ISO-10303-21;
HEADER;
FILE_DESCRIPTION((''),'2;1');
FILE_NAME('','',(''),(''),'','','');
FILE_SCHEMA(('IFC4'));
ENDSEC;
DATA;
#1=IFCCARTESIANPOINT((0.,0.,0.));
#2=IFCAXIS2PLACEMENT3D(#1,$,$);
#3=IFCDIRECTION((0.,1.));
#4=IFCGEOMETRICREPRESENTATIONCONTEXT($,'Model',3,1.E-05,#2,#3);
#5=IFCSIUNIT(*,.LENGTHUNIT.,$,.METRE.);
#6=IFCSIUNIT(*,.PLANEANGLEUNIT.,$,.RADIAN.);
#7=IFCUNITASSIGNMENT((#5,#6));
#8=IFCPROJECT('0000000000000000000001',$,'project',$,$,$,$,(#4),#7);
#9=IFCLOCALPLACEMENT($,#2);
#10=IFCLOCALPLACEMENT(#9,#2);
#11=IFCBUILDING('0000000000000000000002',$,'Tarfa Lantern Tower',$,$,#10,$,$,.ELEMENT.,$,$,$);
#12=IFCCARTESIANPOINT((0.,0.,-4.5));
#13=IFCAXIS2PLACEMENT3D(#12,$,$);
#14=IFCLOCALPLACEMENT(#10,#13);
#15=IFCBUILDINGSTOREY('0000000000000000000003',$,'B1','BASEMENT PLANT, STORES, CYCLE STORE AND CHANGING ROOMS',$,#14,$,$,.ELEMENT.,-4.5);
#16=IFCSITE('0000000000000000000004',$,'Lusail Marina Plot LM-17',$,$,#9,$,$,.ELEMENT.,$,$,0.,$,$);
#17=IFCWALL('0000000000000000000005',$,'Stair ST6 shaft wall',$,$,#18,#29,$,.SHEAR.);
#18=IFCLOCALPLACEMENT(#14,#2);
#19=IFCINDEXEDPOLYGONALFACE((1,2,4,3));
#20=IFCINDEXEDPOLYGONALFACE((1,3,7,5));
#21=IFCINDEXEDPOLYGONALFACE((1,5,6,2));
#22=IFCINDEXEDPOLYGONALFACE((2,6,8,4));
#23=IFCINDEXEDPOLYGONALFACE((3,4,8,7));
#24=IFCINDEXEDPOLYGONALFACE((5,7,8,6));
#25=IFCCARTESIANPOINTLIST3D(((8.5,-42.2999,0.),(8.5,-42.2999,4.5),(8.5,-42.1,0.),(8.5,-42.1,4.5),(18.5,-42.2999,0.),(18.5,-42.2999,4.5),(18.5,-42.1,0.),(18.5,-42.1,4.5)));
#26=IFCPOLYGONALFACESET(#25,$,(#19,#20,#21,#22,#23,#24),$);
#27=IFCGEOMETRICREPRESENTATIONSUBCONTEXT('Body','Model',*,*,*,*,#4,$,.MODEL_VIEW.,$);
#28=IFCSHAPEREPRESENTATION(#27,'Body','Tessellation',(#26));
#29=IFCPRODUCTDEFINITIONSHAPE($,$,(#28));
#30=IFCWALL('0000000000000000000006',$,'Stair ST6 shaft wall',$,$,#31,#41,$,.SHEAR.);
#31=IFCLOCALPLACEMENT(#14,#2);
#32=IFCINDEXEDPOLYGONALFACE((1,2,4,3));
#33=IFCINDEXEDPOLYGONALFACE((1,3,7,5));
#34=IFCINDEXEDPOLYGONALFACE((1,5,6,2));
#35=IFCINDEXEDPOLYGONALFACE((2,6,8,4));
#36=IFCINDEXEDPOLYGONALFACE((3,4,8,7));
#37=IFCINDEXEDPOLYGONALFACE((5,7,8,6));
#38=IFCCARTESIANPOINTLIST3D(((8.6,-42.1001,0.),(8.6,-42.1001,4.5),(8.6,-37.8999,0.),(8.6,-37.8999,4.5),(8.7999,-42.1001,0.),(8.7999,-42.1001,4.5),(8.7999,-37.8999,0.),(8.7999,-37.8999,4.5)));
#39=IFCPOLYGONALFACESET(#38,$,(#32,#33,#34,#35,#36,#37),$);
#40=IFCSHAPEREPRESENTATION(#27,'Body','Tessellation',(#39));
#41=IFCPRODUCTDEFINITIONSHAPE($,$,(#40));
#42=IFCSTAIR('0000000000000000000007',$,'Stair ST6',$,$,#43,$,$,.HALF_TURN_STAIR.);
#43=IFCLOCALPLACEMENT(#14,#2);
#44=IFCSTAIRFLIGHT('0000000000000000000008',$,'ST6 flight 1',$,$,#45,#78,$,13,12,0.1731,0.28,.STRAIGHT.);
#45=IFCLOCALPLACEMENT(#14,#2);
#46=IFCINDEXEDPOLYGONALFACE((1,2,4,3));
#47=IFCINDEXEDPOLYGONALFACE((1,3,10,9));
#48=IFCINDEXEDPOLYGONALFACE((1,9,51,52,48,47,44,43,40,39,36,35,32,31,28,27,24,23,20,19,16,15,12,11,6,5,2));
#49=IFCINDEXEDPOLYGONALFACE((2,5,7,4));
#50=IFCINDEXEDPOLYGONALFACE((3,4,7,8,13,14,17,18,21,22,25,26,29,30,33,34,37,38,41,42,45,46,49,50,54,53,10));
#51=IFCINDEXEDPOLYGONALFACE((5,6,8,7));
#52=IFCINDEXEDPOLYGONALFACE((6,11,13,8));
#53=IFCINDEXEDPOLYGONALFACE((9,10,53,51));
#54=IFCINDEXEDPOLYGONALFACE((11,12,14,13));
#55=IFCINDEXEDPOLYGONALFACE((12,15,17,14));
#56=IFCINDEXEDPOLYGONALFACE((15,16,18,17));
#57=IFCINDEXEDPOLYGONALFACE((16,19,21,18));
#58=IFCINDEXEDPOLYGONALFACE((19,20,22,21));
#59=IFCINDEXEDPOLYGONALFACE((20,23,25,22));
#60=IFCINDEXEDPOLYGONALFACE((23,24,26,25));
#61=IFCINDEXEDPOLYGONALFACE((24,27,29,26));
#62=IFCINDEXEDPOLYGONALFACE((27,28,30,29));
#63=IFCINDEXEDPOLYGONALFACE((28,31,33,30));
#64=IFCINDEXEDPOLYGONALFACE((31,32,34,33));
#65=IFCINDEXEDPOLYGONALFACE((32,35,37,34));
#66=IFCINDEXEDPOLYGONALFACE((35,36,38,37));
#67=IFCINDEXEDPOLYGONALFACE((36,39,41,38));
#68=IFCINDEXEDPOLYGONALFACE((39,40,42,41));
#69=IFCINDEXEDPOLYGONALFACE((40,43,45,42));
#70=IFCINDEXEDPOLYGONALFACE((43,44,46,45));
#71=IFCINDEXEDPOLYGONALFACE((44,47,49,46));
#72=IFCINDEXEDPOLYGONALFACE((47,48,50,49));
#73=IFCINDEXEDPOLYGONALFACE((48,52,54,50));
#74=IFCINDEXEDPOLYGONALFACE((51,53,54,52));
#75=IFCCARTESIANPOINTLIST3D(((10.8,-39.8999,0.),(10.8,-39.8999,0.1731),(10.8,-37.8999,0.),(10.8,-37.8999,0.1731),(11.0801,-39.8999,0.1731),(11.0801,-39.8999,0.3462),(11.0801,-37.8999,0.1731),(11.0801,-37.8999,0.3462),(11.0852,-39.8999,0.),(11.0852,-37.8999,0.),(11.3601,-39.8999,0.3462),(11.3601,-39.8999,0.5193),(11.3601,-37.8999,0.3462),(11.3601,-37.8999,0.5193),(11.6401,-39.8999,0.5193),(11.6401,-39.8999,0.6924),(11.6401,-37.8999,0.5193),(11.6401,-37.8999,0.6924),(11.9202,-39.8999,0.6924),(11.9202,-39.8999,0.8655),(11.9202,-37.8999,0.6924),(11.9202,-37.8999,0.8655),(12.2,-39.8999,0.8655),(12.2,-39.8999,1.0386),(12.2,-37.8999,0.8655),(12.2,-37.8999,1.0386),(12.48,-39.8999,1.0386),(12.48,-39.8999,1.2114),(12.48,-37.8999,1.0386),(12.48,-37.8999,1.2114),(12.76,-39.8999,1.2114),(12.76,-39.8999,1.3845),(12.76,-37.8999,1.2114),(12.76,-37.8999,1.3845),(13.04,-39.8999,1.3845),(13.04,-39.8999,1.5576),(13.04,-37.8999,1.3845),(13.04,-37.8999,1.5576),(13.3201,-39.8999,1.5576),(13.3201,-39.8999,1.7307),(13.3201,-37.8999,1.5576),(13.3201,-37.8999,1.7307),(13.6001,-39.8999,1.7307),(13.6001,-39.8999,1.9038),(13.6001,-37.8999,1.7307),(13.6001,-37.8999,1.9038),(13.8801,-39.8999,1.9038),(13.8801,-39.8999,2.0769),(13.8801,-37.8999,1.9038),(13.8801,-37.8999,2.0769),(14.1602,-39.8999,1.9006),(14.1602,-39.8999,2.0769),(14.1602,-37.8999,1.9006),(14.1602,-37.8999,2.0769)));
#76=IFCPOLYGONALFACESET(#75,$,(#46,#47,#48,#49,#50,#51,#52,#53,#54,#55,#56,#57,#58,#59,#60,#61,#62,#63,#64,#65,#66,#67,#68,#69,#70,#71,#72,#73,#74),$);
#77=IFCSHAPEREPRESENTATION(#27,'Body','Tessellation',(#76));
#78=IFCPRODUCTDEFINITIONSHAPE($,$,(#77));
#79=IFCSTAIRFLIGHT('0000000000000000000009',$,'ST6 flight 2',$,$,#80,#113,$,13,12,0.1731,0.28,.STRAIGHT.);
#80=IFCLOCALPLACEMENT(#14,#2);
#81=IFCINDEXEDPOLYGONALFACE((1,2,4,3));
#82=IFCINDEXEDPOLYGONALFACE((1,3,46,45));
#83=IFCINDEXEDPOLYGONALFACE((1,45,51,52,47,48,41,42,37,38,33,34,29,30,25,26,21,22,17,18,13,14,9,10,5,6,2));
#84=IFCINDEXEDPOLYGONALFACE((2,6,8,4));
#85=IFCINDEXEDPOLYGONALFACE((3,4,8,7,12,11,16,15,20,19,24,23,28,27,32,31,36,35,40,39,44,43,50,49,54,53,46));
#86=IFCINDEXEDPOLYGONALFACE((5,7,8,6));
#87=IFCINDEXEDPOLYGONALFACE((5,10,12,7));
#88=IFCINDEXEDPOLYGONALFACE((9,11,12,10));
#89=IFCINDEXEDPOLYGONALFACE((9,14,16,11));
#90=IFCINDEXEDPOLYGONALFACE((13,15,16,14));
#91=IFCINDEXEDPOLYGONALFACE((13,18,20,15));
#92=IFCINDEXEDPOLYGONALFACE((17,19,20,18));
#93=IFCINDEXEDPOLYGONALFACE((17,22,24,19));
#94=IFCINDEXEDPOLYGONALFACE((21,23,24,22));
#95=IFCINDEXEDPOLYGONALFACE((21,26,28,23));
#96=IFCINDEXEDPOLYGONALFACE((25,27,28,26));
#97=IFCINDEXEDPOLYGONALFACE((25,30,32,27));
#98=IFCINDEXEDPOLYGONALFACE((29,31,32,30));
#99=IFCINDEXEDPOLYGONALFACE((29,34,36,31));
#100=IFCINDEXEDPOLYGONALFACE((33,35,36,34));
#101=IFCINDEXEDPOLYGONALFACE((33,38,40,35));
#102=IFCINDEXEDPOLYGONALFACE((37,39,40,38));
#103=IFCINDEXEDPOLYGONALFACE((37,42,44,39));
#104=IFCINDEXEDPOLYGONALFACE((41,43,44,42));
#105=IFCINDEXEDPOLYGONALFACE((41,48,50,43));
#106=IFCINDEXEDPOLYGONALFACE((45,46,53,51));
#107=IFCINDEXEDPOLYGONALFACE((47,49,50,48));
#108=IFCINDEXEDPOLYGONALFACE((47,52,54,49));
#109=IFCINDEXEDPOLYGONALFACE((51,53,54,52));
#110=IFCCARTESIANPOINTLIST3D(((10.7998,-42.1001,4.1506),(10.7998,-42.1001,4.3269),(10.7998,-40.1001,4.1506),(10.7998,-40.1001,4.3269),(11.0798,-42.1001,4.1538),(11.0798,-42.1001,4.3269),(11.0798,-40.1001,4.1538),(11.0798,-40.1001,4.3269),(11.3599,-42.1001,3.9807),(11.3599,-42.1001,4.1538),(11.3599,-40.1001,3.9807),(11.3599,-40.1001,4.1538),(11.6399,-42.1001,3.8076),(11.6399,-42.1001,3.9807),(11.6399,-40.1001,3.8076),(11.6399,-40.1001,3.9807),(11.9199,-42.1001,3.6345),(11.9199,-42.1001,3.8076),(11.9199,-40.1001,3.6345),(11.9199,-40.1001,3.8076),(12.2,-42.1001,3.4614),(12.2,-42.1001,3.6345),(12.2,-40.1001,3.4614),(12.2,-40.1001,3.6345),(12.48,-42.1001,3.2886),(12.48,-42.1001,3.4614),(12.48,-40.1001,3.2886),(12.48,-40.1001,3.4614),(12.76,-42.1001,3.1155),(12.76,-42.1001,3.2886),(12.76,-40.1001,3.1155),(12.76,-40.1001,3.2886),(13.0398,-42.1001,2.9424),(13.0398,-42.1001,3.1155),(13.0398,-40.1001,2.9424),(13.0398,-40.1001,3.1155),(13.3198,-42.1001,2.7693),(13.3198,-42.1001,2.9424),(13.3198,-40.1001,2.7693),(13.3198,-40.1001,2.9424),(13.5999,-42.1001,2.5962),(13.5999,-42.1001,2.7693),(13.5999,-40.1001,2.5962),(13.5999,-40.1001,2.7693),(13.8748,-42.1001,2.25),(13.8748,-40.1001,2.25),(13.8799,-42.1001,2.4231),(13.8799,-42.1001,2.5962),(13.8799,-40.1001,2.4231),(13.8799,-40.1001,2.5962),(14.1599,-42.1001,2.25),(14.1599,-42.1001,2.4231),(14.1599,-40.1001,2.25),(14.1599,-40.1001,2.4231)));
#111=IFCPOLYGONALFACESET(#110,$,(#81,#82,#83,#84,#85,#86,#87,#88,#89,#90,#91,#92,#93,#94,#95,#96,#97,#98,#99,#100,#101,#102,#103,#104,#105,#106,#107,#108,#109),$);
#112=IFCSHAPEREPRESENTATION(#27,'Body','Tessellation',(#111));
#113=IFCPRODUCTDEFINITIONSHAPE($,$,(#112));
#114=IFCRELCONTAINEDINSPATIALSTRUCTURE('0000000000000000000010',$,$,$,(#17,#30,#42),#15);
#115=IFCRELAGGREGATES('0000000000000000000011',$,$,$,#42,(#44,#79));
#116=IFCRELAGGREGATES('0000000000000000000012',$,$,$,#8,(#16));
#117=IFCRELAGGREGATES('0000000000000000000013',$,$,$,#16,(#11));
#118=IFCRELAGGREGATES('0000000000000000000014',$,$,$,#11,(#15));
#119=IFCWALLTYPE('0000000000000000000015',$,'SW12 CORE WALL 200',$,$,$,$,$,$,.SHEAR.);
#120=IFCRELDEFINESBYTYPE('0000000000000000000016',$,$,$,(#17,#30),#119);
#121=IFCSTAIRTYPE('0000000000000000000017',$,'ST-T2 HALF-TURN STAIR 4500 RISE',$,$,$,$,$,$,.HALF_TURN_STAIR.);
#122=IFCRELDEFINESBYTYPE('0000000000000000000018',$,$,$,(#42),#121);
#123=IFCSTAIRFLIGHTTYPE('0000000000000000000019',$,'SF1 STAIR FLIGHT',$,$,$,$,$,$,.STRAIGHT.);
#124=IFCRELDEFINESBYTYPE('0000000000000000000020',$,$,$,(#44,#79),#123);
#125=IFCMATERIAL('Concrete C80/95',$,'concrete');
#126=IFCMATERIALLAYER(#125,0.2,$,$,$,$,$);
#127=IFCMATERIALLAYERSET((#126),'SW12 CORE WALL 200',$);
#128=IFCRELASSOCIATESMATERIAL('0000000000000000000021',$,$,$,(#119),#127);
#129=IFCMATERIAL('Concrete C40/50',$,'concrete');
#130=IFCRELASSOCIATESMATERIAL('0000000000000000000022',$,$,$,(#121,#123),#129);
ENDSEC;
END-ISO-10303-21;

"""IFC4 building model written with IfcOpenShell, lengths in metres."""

from ifc_helpers import new_model, si_unit, direction, frame, frame_2d, origin, place, context, subcontext, project, spatial, polyline, rectangle, outline, extrude, material, layer, layer_set, type_object, element, aggregate, save


model = new_model("IFC4")

# Units and contexts
model_context = context("Model", 3, precision=1e-05, world=origin(), true_north=direction((0.0, 1.0)))
body_context = subcontext(model_context, "Body", "Model", "MODEL_VIEW")
ifc_project = project(units=[si_unit("LENGTHUNIT", "METRE"), si_unit("PLANEANGLEUNIT", "RADIAN")], contexts=[model_context])

# Site, building, storey
site_placement = place(None, origin())
site = spatial("IfcSite", under=ifc_project, at=site_placement, Name="Lusail Marina Plot LM-17", CompositionType="ELEMENT", RefElevation=0.0)
building_placement = place(site_placement, origin())
building = spatial("IfcBuilding", under=site, at=building_placement, Name="Tarfa Lantern Tower", CompositionType="ELEMENT")
storey_placement = place(building_placement, frame((0.0, 0.0, -4.5)))
storey = spatial("IfcBuildingStorey", under=building, at=storey_placement, Name="B1", Description="BASEMENT PLANT, STORES, CYCLE STORE AND CHANGING ROOMS", CompositionType="ELEMENT", Elevation=-4.5)

# Shared definitions
ifc_material_1 = material(Name="Concrete C80/95", Category="concrete")

# Walls
ifc_layer_1 = layer(ifc_material_1, 0.2)
ifc_layer_set_1 = layer_set([ifc_layer_1], Name="SW12 CORE WALL 200")
wall_type_1 = type_object("IfcWallType", Name="SW12 CORE WALL 200", PredefinedType="SHEAR", material=ifc_layer_set_1)
wall_1_placement = place(storey_placement, frame((8.5, -42.2, 0.0), z_axis=(0.0, 0.0, 1.0), x_axis=(1.0, 0.0, 0.0)))
element("IfcWall", 1, at=wall_1_placement, inside=storey, type_object=wall_type_1, Name="Stair ST6 shaft wall", PredefinedType="SHEAR", context=body_context, shape_type="SweptSolid", body=[
    extrude(rectangle(XDim=10.0, YDim=0.2, at=frame_2d((5.0, 0.0))), origin(), (0.0, 0.0, 1.0), 4.5),
])
wall_2_placement = place(storey_placement, frame((8.7, -37.8999, 0.0), z_axis=(0.0, 0.0, 1.0), x_axis=(0.0, -1.0, 0.0)))
element("IfcWall", 2, at=wall_2_placement, inside=storey, type_object=wall_type_1, Name="Stair ST6 shaft wall", PredefinedType="SHEAR", context=body_context, shape_type="SweptSolid", body=[
    extrude(rectangle(XDim=4.2002, YDim=0.2, at=frame_2d((2.1001, 0.0))), origin(), (0.0, 0.0, 1.0), 4.5),
])

# Stair, stair flights
ifc_material_2 = material(Name="Concrete C40/50", Category="concrete")
stair_type = type_object("IfcStairType", Name="ST-T2 HALF-TURN STAIR 4500 RISE", PredefinedType="HALF_TURN_STAIR", material=ifc_material_2)
stair_placement = place(storey_placement, origin())
stair = element("IfcStair", 3, at=stair_placement, inside=storey, type_object=stair_type, Name="Stair ST6", PredefinedType="HALF_TURN_STAIR")
stair_flight_type = type_object("IfcStairFlightType", Name="SF1 STAIR FLIGHT", PredefinedType="STRAIGHT", material=ifc_material_2)
stair_flight_1_placement = place(storey_placement, frame((10.8, -38.8999, 0.0), z_axis=(0.0, 0.0, 1.0), x_axis=(1.0, 0.0, 0.0)))
stair_flight_1 = element("IfcStairFlight", 4, at=stair_flight_1_placement, type_object=stair_flight_type, Name="ST6 flight 1", NumberOfRisers=13, NumberOfTreads=12, PredefinedType="STRAIGHT", RiserHeight=0.1731, TreadLength=0.28, context=body_context, shape_type="SweptSolid", body=[
    extrude(outline(polyline([(0.0, 0.0), (0.0, 0.1731), (0.28, 0.1731), (0.28, 0.3462), (0.5601, 0.3462), (0.5601, 0.5193), (0.8401, 0.5193), (0.8401, 0.6924), (1.1201, 0.6924), (1.1201, 0.8655), (1.3999, 0.8655), (1.3999, 1.0386), (1.6799, 1.0386), (1.6799, 1.2114), (1.96, 1.2114), (1.96, 1.3845), (2.24, 1.3845), (2.24, 1.5576), (2.52, 1.5576), (2.52, 1.7307), (2.8, 1.7307), (2.8, 1.9038), (3.0801, 1.9038), (3.0801, 2.0769), (3.3601, 2.0769), (3.3601, 2.25), (3.3601, 1.9006), (0.2852, 0.0), (0.0, 0.0)])), frame((0.0, 1.0, 0.0), z_axis=(0.0, -1.0, 0.0), x_axis=(1.0, 0.0, 0.0)), (0.0, 0.0, 1.0), 2.0),
])
stair_flight_2_placement = place(storey_placement, frame((14.1599, -41.1001, 2.25), z_axis=(0.0, 0.0, 1.0), x_axis=(-1.0, 0.0, 0.0)))
stair_flight_2 = element("IfcStairFlight", 5, at=stair_flight_2_placement, type_object=stair_flight_type, Name="ST6 flight 2", NumberOfRisers=13, NumberOfTreads=12, PredefinedType="STRAIGHT", RiserHeight=0.1731, TreadLength=0.28, context=body_context, shape_type="SweptSolid", body=[
    extrude(outline(polyline([(0.0, 0.0), (0.0, 0.1731), (0.28, 0.1731), (0.28, 0.3462), (0.5601, 0.3462), (0.5601, 0.5193), (0.8401, 0.5193), (0.8401, 0.6924), (1.1201, 0.6924), (1.1201, 0.8655), (1.3999, 0.8655), (1.3999, 1.0386), (1.6799, 1.0386), (1.6799, 1.2114), (1.96, 1.2114), (1.96, 1.3845), (2.24, 1.3845), (2.24, 1.5576), (2.52, 1.5576), (2.52, 1.7307), (2.8, 1.7307), (2.8, 1.9038), (3.0801, 1.9038), (3.0801, 2.0769), (3.3601, 2.0769), (3.3601, 2.25), (3.3601, 1.9006), (0.2852, 0.0), (0.0, 0.0)])), frame((0.0, 1.0, 0.0), z_axis=(0.0, -1.0, 0.0), x_axis=(1.0, 0.0, 0.0)), (0.0, 0.0, 1.0), 2.0),
])
aggregate(stair, [stair_flight_1, stair_flight_2])

save(model, "model.ifc")
